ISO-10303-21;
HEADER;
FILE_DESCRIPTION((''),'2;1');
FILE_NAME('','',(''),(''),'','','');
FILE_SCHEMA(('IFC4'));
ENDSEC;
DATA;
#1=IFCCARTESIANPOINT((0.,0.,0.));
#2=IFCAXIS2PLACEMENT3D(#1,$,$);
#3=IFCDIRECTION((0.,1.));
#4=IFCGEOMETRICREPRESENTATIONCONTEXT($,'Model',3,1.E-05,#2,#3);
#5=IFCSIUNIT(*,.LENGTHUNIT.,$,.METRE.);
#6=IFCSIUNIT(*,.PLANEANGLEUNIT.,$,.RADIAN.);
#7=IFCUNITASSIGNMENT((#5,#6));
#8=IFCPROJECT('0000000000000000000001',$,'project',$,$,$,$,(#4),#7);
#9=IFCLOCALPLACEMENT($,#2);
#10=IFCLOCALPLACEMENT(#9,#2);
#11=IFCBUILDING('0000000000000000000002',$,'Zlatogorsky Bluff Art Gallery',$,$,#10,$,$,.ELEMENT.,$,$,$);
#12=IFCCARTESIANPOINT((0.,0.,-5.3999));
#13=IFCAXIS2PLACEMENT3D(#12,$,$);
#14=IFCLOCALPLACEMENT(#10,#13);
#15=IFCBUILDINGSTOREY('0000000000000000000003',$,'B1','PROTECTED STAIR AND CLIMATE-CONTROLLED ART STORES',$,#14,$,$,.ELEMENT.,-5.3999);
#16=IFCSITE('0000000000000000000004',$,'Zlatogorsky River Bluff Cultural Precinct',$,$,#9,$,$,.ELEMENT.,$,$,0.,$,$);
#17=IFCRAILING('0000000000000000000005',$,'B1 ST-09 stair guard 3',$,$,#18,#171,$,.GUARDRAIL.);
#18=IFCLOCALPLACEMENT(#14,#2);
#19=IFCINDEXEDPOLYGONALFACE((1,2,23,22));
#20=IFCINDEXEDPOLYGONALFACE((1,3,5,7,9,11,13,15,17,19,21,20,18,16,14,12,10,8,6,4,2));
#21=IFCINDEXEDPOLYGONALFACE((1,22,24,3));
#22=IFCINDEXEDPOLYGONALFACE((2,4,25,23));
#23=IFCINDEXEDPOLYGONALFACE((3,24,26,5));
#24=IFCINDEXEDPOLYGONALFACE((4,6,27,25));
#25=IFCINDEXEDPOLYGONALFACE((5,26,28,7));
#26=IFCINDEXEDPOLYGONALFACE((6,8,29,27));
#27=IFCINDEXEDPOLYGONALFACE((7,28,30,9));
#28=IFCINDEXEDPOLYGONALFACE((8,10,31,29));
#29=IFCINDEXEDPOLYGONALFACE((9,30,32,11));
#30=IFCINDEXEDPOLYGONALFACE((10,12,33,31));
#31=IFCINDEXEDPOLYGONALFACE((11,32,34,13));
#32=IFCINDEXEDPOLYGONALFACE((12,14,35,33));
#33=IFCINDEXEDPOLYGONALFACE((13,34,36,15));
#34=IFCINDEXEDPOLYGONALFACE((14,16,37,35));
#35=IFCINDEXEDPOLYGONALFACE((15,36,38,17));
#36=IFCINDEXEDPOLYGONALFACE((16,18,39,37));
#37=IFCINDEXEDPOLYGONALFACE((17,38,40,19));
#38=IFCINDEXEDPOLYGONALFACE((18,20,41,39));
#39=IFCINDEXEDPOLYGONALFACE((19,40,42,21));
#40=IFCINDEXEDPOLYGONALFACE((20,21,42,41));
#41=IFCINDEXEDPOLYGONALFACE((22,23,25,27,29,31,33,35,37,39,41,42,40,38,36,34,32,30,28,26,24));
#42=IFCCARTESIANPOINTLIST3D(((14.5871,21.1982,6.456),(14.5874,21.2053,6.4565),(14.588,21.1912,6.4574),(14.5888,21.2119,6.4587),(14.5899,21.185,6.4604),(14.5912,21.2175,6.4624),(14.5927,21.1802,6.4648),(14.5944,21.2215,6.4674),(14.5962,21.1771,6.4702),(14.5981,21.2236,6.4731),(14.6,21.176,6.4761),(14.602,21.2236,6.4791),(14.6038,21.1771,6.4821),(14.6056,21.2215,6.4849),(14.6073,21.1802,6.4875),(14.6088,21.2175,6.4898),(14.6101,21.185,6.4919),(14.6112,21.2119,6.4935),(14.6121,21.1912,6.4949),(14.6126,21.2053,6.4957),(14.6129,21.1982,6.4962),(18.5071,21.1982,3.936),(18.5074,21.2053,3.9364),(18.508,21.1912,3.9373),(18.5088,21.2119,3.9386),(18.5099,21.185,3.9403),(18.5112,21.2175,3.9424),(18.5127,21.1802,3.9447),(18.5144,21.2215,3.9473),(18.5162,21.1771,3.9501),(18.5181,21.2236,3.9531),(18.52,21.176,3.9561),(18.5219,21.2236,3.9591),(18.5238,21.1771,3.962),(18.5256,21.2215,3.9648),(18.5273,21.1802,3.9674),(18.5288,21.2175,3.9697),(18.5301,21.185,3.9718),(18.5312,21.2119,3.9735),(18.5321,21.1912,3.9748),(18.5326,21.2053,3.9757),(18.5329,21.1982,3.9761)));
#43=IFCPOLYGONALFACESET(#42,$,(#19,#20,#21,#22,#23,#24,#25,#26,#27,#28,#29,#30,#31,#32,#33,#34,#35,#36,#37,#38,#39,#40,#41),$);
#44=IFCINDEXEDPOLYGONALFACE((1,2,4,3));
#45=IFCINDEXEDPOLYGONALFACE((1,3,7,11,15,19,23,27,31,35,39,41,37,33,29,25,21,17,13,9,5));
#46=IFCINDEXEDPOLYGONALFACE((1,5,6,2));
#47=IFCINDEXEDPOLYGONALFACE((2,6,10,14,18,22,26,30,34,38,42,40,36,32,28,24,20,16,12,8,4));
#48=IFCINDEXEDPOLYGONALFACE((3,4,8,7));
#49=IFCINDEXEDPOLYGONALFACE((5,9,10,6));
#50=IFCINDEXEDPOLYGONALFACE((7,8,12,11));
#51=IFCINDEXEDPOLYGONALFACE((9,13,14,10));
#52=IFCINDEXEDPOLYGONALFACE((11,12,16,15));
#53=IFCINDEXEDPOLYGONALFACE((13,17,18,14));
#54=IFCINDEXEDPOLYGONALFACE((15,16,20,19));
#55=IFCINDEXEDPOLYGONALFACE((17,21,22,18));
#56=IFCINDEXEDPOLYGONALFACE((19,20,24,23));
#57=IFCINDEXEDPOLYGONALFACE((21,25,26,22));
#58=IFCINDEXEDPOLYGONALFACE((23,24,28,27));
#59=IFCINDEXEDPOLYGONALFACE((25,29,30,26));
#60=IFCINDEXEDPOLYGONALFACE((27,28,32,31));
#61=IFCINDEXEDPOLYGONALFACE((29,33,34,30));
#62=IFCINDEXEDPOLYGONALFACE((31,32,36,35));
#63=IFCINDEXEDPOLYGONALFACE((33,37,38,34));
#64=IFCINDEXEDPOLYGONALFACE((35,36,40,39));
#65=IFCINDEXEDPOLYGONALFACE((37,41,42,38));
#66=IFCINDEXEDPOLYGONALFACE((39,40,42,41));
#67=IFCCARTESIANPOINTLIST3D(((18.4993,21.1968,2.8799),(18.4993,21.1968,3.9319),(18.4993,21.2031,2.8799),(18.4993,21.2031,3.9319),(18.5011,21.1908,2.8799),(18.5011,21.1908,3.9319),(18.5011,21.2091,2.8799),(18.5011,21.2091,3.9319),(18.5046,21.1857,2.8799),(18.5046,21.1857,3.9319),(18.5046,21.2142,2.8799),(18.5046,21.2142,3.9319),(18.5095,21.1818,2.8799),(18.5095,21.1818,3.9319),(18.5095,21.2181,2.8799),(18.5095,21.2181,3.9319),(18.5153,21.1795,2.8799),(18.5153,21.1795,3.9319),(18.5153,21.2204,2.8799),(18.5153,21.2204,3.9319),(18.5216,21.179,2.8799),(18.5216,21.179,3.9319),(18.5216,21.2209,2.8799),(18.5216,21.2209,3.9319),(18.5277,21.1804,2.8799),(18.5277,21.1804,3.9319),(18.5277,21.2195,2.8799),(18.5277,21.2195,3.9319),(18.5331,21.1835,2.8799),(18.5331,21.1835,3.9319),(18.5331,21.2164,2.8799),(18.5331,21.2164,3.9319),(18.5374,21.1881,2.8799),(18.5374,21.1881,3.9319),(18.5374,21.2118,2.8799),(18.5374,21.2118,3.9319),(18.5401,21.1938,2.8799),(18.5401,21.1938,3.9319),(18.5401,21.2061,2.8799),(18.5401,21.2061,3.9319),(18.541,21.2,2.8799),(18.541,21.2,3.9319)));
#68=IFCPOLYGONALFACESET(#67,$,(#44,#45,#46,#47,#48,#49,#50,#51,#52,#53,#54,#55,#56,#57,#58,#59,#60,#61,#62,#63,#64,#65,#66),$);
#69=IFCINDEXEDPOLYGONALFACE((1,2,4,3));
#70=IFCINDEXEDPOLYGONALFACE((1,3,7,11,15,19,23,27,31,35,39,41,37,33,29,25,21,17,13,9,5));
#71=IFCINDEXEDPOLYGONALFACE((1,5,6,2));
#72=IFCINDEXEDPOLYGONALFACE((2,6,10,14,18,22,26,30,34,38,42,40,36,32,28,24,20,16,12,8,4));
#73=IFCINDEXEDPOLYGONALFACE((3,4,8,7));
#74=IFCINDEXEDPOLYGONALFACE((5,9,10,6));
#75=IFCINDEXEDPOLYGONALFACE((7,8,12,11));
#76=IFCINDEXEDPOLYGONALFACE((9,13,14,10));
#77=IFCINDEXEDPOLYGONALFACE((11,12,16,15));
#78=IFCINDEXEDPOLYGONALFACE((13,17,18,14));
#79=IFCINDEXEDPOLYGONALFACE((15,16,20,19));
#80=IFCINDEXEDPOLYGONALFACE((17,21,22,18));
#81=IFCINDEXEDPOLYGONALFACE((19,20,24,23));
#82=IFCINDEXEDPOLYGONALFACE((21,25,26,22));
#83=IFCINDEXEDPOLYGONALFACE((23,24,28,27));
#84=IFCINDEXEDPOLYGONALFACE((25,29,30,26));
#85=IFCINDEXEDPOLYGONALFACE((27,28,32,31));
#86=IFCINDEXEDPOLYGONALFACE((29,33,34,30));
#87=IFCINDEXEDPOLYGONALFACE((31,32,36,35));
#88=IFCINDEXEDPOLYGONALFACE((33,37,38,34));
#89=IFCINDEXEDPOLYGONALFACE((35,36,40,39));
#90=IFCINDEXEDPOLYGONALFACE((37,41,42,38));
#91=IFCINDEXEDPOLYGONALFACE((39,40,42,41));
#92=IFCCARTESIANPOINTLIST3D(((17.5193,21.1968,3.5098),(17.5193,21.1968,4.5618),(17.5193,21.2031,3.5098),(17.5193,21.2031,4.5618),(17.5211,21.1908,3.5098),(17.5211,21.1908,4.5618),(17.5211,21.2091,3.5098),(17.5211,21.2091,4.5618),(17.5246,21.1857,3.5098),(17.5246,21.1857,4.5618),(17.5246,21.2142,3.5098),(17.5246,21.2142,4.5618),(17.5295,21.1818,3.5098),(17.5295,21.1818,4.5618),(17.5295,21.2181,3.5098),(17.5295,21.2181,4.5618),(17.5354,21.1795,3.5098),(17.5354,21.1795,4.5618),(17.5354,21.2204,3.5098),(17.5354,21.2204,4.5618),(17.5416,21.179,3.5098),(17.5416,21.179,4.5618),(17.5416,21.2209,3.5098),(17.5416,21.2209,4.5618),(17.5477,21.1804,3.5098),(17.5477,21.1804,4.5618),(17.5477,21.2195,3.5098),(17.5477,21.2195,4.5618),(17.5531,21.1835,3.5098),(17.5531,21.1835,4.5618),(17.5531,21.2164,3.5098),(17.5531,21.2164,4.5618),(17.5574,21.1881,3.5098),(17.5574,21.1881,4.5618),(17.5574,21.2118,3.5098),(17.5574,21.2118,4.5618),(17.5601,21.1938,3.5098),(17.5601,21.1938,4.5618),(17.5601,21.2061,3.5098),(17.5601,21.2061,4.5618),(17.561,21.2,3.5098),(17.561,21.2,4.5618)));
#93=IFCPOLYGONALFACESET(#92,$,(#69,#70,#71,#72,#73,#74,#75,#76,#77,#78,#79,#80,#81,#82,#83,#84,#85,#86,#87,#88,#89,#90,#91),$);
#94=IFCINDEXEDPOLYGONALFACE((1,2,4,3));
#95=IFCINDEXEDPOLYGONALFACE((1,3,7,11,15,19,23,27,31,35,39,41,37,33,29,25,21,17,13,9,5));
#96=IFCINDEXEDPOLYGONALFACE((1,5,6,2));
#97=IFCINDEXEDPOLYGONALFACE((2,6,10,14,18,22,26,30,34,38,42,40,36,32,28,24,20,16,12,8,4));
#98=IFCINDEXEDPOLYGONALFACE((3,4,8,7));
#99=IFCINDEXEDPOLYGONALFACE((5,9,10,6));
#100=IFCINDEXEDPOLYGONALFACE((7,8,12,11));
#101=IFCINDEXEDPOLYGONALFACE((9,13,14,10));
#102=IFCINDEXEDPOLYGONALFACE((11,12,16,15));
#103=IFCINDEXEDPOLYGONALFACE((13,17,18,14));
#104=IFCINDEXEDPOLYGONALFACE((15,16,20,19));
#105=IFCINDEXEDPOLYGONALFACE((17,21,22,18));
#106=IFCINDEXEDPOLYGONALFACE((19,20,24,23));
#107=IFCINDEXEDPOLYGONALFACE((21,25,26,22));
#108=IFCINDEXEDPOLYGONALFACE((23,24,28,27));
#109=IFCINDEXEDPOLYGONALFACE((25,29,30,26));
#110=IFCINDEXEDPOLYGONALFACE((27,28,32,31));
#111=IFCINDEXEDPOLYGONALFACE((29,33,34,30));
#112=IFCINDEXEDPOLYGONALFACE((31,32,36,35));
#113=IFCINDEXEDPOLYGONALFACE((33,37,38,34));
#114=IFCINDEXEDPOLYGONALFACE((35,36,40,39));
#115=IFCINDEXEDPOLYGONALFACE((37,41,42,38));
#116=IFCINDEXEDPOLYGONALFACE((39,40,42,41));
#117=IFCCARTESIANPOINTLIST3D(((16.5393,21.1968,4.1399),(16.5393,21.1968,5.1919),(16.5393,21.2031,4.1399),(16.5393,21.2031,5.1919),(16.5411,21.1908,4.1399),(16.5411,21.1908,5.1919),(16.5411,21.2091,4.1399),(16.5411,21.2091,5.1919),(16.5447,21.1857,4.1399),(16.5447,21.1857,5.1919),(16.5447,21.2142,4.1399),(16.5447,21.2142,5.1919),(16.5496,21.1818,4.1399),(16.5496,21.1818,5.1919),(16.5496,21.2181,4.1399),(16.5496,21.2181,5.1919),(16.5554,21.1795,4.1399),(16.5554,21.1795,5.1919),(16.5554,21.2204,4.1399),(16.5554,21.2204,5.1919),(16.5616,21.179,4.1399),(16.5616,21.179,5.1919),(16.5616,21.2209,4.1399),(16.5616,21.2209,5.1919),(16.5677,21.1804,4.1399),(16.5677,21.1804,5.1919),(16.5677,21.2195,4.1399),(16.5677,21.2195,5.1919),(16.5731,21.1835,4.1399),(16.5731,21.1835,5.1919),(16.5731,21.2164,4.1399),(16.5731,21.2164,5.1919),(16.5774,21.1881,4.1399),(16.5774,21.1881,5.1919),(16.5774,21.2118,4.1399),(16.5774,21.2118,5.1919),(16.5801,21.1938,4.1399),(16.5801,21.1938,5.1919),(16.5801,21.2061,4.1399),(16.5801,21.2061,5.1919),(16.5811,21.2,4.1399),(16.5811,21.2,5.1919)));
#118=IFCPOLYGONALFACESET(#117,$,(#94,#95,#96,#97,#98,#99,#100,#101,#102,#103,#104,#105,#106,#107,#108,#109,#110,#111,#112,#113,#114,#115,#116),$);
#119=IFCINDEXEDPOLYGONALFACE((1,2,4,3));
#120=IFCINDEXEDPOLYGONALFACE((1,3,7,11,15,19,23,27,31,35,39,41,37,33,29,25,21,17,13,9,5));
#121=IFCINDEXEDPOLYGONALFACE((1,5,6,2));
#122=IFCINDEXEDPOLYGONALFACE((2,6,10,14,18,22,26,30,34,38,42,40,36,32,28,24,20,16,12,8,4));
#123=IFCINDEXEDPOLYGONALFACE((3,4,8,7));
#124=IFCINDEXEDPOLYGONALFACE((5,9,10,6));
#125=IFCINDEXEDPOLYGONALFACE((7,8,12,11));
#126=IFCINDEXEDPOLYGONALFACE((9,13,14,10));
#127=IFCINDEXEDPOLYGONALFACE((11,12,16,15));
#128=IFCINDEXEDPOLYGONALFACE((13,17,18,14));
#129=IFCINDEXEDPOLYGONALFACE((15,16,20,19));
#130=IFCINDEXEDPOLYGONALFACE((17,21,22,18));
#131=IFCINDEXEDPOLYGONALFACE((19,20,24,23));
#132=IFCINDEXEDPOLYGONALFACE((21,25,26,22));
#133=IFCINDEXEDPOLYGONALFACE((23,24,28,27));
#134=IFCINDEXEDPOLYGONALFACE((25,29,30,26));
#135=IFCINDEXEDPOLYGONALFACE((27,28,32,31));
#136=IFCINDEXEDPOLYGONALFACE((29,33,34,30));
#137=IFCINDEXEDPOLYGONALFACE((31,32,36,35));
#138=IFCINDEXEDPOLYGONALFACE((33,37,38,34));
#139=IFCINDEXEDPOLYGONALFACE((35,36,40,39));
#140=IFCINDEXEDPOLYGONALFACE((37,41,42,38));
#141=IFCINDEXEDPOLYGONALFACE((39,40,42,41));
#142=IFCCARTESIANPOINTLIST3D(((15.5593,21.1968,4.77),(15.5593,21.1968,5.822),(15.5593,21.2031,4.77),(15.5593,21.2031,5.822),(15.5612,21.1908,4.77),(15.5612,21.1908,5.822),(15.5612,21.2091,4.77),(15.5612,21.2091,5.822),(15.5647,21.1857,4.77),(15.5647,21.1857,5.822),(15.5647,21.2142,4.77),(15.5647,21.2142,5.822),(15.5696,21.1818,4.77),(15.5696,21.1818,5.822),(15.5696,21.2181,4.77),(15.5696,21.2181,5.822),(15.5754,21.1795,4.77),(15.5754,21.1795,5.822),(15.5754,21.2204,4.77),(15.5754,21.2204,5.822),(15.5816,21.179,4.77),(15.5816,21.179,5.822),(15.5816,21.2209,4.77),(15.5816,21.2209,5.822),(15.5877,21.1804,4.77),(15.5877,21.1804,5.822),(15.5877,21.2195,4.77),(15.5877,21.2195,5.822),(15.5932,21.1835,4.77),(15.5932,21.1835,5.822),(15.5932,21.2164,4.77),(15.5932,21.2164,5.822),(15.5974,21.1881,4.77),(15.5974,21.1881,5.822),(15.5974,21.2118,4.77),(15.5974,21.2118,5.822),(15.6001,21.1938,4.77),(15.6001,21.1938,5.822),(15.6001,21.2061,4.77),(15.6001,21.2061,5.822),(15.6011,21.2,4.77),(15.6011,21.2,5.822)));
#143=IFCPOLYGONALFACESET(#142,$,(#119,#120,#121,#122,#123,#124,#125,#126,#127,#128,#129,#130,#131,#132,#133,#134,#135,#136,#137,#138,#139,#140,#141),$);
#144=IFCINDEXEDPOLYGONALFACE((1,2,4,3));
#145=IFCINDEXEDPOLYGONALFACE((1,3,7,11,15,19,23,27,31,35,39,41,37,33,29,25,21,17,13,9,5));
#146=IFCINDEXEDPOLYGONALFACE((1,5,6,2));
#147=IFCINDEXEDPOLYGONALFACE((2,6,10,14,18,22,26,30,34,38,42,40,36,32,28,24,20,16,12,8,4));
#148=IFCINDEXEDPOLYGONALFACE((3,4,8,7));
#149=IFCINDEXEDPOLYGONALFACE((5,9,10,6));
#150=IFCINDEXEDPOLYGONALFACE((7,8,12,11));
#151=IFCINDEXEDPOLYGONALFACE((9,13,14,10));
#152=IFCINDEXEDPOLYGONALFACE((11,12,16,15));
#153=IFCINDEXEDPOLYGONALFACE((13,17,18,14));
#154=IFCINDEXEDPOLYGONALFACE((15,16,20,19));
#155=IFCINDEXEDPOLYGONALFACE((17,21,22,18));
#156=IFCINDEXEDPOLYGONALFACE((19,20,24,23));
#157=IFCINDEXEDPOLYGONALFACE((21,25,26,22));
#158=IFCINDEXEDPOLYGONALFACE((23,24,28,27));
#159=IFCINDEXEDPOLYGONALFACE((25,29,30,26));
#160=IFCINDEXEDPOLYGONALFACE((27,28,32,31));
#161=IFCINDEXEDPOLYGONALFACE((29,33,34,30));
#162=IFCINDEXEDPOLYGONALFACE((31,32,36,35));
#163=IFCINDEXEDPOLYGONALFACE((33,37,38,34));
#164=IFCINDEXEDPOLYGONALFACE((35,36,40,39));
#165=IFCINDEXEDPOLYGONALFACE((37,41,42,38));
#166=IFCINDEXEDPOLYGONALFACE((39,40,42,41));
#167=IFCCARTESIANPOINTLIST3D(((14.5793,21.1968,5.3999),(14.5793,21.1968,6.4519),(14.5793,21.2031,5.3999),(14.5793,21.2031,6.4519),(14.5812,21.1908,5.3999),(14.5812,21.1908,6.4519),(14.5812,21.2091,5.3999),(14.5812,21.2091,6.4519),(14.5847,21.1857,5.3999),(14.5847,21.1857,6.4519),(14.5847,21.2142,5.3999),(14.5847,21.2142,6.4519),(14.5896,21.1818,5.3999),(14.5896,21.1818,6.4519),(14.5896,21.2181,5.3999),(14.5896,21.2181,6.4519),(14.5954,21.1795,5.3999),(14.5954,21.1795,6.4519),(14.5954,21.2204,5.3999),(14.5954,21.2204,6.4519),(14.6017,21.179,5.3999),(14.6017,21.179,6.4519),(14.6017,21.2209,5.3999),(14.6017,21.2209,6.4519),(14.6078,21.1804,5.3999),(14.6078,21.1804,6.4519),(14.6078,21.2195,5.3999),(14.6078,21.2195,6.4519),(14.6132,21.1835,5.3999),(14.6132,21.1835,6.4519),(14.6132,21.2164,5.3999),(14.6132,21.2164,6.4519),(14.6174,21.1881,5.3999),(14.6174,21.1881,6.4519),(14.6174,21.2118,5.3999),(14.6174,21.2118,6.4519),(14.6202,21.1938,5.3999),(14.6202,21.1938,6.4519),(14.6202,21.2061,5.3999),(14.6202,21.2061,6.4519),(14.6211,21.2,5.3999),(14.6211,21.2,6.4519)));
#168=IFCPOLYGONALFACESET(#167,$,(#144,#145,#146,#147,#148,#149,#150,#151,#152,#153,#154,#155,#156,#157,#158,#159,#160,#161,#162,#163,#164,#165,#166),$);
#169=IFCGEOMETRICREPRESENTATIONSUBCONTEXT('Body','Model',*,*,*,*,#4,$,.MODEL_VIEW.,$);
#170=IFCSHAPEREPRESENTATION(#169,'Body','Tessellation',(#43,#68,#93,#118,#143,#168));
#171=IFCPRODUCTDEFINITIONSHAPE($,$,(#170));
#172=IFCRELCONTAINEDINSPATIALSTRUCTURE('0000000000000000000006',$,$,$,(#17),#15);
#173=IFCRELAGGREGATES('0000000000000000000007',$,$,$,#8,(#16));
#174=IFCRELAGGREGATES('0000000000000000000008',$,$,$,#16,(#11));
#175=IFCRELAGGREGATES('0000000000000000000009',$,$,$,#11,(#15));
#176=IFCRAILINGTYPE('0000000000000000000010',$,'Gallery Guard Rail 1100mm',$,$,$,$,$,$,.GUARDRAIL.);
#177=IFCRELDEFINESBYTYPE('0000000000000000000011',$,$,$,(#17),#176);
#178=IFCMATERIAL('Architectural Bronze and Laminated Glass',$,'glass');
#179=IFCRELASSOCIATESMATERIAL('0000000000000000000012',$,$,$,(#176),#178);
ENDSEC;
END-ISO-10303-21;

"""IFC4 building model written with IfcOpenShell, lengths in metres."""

from ifc_helpers import new_model, si_unit, direction, frame, origin, origin_2d, place, context, subcontext, project, spatial, circle, extrude, material, type_object, element, save


model = new_model("IFC4")

# Units and contexts
model_context = context("Model", 3, precision=1e-05, world=origin(), true_north=direction((0.0, 1.0)))
body_context = subcontext(model_context, "Body", "Model", "MODEL_VIEW")
ifc_project = project(units=[si_unit("LENGTHUNIT", "METRE"), si_unit("PLANEANGLEUNIT", "RADIAN")], contexts=[model_context])

# Site, building, storey
site_placement = place(None, origin())
site = spatial("IfcSite", under=ifc_project, at=site_placement, Name="Zlatogorsky River Bluff Cultural Precinct", CompositionType="ELEMENT", RefElevation=0.0)
building_placement = place(site_placement, origin())
building = spatial("IfcBuilding", under=site, at=building_placement, Name="Zlatogorsky Bluff Art Gallery", CompositionType="ELEMENT")
storey_placement = place(building_placement, frame((0.0, 0.0, -5.3999)))
storey = spatial("IfcBuildingStorey", under=building, at=storey_placement, Name="B1", Description="PROTECTED STAIR AND CLIMATE-CONTROLLED ART STORES", CompositionType="ELEMENT", Elevation=-5.3999)

# Railing
ifc_material_1 = material(Name="Architectural Bronze and Laminated Glass", Category="glass")
railing_type_1 = type_object("IfcRailingType", Name="Gallery Guard Rail 1100mm", PredefinedType="GUARDRAIL", material=ifc_material_1)
railing_1_placement = place(storey_placement, frame((18.52, 21.2, 2.8799)))
element("IfcRailing", 1, at=railing_1_placement, inside=storey, type_object=railing_type_1, Name="B1 ST-09 stair guard 3", PredefinedType="GUARDRAIL", context=body_context, shape_type="SweptSolid", body=[
    extrude(circle(Radius=0.0239, at=origin_2d()), frame((0.0, 0.0, 1.0762), z_axis=(-0.841172, 0.0, 0.540768), x_axis=(0.0, -1.0, 0.0)), (0.0, 0.0, 1.0), 4.6602),
    extrude(circle(Radius=0.021, at=origin_2d()), origin(), (0.0, 0.0, 1.0), 1.052),
    extrude(circle(Radius=0.021, at=origin_2d()), frame((-0.98, 0.0, 0.6299)), (0.0, 0.0, 1.0), 1.052),
    extrude(circle(Radius=0.021, at=origin_2d()), frame((-1.96, 0.0, 1.26)), (0.0, 0.0, 1.0), 1.052),
    extrude(circle(Radius=0.021, at=origin_2d()), frame((-2.9399, 0.0, 1.8901)), (0.0, 0.0, 1.0), 1.052),
    extrude(circle(Radius=0.021, at=origin_2d()), frame((-3.9199, 0.0, 2.52)), (0.0, 0.0, 1.0), 1.052),
])

save(model, "model.ifc")
